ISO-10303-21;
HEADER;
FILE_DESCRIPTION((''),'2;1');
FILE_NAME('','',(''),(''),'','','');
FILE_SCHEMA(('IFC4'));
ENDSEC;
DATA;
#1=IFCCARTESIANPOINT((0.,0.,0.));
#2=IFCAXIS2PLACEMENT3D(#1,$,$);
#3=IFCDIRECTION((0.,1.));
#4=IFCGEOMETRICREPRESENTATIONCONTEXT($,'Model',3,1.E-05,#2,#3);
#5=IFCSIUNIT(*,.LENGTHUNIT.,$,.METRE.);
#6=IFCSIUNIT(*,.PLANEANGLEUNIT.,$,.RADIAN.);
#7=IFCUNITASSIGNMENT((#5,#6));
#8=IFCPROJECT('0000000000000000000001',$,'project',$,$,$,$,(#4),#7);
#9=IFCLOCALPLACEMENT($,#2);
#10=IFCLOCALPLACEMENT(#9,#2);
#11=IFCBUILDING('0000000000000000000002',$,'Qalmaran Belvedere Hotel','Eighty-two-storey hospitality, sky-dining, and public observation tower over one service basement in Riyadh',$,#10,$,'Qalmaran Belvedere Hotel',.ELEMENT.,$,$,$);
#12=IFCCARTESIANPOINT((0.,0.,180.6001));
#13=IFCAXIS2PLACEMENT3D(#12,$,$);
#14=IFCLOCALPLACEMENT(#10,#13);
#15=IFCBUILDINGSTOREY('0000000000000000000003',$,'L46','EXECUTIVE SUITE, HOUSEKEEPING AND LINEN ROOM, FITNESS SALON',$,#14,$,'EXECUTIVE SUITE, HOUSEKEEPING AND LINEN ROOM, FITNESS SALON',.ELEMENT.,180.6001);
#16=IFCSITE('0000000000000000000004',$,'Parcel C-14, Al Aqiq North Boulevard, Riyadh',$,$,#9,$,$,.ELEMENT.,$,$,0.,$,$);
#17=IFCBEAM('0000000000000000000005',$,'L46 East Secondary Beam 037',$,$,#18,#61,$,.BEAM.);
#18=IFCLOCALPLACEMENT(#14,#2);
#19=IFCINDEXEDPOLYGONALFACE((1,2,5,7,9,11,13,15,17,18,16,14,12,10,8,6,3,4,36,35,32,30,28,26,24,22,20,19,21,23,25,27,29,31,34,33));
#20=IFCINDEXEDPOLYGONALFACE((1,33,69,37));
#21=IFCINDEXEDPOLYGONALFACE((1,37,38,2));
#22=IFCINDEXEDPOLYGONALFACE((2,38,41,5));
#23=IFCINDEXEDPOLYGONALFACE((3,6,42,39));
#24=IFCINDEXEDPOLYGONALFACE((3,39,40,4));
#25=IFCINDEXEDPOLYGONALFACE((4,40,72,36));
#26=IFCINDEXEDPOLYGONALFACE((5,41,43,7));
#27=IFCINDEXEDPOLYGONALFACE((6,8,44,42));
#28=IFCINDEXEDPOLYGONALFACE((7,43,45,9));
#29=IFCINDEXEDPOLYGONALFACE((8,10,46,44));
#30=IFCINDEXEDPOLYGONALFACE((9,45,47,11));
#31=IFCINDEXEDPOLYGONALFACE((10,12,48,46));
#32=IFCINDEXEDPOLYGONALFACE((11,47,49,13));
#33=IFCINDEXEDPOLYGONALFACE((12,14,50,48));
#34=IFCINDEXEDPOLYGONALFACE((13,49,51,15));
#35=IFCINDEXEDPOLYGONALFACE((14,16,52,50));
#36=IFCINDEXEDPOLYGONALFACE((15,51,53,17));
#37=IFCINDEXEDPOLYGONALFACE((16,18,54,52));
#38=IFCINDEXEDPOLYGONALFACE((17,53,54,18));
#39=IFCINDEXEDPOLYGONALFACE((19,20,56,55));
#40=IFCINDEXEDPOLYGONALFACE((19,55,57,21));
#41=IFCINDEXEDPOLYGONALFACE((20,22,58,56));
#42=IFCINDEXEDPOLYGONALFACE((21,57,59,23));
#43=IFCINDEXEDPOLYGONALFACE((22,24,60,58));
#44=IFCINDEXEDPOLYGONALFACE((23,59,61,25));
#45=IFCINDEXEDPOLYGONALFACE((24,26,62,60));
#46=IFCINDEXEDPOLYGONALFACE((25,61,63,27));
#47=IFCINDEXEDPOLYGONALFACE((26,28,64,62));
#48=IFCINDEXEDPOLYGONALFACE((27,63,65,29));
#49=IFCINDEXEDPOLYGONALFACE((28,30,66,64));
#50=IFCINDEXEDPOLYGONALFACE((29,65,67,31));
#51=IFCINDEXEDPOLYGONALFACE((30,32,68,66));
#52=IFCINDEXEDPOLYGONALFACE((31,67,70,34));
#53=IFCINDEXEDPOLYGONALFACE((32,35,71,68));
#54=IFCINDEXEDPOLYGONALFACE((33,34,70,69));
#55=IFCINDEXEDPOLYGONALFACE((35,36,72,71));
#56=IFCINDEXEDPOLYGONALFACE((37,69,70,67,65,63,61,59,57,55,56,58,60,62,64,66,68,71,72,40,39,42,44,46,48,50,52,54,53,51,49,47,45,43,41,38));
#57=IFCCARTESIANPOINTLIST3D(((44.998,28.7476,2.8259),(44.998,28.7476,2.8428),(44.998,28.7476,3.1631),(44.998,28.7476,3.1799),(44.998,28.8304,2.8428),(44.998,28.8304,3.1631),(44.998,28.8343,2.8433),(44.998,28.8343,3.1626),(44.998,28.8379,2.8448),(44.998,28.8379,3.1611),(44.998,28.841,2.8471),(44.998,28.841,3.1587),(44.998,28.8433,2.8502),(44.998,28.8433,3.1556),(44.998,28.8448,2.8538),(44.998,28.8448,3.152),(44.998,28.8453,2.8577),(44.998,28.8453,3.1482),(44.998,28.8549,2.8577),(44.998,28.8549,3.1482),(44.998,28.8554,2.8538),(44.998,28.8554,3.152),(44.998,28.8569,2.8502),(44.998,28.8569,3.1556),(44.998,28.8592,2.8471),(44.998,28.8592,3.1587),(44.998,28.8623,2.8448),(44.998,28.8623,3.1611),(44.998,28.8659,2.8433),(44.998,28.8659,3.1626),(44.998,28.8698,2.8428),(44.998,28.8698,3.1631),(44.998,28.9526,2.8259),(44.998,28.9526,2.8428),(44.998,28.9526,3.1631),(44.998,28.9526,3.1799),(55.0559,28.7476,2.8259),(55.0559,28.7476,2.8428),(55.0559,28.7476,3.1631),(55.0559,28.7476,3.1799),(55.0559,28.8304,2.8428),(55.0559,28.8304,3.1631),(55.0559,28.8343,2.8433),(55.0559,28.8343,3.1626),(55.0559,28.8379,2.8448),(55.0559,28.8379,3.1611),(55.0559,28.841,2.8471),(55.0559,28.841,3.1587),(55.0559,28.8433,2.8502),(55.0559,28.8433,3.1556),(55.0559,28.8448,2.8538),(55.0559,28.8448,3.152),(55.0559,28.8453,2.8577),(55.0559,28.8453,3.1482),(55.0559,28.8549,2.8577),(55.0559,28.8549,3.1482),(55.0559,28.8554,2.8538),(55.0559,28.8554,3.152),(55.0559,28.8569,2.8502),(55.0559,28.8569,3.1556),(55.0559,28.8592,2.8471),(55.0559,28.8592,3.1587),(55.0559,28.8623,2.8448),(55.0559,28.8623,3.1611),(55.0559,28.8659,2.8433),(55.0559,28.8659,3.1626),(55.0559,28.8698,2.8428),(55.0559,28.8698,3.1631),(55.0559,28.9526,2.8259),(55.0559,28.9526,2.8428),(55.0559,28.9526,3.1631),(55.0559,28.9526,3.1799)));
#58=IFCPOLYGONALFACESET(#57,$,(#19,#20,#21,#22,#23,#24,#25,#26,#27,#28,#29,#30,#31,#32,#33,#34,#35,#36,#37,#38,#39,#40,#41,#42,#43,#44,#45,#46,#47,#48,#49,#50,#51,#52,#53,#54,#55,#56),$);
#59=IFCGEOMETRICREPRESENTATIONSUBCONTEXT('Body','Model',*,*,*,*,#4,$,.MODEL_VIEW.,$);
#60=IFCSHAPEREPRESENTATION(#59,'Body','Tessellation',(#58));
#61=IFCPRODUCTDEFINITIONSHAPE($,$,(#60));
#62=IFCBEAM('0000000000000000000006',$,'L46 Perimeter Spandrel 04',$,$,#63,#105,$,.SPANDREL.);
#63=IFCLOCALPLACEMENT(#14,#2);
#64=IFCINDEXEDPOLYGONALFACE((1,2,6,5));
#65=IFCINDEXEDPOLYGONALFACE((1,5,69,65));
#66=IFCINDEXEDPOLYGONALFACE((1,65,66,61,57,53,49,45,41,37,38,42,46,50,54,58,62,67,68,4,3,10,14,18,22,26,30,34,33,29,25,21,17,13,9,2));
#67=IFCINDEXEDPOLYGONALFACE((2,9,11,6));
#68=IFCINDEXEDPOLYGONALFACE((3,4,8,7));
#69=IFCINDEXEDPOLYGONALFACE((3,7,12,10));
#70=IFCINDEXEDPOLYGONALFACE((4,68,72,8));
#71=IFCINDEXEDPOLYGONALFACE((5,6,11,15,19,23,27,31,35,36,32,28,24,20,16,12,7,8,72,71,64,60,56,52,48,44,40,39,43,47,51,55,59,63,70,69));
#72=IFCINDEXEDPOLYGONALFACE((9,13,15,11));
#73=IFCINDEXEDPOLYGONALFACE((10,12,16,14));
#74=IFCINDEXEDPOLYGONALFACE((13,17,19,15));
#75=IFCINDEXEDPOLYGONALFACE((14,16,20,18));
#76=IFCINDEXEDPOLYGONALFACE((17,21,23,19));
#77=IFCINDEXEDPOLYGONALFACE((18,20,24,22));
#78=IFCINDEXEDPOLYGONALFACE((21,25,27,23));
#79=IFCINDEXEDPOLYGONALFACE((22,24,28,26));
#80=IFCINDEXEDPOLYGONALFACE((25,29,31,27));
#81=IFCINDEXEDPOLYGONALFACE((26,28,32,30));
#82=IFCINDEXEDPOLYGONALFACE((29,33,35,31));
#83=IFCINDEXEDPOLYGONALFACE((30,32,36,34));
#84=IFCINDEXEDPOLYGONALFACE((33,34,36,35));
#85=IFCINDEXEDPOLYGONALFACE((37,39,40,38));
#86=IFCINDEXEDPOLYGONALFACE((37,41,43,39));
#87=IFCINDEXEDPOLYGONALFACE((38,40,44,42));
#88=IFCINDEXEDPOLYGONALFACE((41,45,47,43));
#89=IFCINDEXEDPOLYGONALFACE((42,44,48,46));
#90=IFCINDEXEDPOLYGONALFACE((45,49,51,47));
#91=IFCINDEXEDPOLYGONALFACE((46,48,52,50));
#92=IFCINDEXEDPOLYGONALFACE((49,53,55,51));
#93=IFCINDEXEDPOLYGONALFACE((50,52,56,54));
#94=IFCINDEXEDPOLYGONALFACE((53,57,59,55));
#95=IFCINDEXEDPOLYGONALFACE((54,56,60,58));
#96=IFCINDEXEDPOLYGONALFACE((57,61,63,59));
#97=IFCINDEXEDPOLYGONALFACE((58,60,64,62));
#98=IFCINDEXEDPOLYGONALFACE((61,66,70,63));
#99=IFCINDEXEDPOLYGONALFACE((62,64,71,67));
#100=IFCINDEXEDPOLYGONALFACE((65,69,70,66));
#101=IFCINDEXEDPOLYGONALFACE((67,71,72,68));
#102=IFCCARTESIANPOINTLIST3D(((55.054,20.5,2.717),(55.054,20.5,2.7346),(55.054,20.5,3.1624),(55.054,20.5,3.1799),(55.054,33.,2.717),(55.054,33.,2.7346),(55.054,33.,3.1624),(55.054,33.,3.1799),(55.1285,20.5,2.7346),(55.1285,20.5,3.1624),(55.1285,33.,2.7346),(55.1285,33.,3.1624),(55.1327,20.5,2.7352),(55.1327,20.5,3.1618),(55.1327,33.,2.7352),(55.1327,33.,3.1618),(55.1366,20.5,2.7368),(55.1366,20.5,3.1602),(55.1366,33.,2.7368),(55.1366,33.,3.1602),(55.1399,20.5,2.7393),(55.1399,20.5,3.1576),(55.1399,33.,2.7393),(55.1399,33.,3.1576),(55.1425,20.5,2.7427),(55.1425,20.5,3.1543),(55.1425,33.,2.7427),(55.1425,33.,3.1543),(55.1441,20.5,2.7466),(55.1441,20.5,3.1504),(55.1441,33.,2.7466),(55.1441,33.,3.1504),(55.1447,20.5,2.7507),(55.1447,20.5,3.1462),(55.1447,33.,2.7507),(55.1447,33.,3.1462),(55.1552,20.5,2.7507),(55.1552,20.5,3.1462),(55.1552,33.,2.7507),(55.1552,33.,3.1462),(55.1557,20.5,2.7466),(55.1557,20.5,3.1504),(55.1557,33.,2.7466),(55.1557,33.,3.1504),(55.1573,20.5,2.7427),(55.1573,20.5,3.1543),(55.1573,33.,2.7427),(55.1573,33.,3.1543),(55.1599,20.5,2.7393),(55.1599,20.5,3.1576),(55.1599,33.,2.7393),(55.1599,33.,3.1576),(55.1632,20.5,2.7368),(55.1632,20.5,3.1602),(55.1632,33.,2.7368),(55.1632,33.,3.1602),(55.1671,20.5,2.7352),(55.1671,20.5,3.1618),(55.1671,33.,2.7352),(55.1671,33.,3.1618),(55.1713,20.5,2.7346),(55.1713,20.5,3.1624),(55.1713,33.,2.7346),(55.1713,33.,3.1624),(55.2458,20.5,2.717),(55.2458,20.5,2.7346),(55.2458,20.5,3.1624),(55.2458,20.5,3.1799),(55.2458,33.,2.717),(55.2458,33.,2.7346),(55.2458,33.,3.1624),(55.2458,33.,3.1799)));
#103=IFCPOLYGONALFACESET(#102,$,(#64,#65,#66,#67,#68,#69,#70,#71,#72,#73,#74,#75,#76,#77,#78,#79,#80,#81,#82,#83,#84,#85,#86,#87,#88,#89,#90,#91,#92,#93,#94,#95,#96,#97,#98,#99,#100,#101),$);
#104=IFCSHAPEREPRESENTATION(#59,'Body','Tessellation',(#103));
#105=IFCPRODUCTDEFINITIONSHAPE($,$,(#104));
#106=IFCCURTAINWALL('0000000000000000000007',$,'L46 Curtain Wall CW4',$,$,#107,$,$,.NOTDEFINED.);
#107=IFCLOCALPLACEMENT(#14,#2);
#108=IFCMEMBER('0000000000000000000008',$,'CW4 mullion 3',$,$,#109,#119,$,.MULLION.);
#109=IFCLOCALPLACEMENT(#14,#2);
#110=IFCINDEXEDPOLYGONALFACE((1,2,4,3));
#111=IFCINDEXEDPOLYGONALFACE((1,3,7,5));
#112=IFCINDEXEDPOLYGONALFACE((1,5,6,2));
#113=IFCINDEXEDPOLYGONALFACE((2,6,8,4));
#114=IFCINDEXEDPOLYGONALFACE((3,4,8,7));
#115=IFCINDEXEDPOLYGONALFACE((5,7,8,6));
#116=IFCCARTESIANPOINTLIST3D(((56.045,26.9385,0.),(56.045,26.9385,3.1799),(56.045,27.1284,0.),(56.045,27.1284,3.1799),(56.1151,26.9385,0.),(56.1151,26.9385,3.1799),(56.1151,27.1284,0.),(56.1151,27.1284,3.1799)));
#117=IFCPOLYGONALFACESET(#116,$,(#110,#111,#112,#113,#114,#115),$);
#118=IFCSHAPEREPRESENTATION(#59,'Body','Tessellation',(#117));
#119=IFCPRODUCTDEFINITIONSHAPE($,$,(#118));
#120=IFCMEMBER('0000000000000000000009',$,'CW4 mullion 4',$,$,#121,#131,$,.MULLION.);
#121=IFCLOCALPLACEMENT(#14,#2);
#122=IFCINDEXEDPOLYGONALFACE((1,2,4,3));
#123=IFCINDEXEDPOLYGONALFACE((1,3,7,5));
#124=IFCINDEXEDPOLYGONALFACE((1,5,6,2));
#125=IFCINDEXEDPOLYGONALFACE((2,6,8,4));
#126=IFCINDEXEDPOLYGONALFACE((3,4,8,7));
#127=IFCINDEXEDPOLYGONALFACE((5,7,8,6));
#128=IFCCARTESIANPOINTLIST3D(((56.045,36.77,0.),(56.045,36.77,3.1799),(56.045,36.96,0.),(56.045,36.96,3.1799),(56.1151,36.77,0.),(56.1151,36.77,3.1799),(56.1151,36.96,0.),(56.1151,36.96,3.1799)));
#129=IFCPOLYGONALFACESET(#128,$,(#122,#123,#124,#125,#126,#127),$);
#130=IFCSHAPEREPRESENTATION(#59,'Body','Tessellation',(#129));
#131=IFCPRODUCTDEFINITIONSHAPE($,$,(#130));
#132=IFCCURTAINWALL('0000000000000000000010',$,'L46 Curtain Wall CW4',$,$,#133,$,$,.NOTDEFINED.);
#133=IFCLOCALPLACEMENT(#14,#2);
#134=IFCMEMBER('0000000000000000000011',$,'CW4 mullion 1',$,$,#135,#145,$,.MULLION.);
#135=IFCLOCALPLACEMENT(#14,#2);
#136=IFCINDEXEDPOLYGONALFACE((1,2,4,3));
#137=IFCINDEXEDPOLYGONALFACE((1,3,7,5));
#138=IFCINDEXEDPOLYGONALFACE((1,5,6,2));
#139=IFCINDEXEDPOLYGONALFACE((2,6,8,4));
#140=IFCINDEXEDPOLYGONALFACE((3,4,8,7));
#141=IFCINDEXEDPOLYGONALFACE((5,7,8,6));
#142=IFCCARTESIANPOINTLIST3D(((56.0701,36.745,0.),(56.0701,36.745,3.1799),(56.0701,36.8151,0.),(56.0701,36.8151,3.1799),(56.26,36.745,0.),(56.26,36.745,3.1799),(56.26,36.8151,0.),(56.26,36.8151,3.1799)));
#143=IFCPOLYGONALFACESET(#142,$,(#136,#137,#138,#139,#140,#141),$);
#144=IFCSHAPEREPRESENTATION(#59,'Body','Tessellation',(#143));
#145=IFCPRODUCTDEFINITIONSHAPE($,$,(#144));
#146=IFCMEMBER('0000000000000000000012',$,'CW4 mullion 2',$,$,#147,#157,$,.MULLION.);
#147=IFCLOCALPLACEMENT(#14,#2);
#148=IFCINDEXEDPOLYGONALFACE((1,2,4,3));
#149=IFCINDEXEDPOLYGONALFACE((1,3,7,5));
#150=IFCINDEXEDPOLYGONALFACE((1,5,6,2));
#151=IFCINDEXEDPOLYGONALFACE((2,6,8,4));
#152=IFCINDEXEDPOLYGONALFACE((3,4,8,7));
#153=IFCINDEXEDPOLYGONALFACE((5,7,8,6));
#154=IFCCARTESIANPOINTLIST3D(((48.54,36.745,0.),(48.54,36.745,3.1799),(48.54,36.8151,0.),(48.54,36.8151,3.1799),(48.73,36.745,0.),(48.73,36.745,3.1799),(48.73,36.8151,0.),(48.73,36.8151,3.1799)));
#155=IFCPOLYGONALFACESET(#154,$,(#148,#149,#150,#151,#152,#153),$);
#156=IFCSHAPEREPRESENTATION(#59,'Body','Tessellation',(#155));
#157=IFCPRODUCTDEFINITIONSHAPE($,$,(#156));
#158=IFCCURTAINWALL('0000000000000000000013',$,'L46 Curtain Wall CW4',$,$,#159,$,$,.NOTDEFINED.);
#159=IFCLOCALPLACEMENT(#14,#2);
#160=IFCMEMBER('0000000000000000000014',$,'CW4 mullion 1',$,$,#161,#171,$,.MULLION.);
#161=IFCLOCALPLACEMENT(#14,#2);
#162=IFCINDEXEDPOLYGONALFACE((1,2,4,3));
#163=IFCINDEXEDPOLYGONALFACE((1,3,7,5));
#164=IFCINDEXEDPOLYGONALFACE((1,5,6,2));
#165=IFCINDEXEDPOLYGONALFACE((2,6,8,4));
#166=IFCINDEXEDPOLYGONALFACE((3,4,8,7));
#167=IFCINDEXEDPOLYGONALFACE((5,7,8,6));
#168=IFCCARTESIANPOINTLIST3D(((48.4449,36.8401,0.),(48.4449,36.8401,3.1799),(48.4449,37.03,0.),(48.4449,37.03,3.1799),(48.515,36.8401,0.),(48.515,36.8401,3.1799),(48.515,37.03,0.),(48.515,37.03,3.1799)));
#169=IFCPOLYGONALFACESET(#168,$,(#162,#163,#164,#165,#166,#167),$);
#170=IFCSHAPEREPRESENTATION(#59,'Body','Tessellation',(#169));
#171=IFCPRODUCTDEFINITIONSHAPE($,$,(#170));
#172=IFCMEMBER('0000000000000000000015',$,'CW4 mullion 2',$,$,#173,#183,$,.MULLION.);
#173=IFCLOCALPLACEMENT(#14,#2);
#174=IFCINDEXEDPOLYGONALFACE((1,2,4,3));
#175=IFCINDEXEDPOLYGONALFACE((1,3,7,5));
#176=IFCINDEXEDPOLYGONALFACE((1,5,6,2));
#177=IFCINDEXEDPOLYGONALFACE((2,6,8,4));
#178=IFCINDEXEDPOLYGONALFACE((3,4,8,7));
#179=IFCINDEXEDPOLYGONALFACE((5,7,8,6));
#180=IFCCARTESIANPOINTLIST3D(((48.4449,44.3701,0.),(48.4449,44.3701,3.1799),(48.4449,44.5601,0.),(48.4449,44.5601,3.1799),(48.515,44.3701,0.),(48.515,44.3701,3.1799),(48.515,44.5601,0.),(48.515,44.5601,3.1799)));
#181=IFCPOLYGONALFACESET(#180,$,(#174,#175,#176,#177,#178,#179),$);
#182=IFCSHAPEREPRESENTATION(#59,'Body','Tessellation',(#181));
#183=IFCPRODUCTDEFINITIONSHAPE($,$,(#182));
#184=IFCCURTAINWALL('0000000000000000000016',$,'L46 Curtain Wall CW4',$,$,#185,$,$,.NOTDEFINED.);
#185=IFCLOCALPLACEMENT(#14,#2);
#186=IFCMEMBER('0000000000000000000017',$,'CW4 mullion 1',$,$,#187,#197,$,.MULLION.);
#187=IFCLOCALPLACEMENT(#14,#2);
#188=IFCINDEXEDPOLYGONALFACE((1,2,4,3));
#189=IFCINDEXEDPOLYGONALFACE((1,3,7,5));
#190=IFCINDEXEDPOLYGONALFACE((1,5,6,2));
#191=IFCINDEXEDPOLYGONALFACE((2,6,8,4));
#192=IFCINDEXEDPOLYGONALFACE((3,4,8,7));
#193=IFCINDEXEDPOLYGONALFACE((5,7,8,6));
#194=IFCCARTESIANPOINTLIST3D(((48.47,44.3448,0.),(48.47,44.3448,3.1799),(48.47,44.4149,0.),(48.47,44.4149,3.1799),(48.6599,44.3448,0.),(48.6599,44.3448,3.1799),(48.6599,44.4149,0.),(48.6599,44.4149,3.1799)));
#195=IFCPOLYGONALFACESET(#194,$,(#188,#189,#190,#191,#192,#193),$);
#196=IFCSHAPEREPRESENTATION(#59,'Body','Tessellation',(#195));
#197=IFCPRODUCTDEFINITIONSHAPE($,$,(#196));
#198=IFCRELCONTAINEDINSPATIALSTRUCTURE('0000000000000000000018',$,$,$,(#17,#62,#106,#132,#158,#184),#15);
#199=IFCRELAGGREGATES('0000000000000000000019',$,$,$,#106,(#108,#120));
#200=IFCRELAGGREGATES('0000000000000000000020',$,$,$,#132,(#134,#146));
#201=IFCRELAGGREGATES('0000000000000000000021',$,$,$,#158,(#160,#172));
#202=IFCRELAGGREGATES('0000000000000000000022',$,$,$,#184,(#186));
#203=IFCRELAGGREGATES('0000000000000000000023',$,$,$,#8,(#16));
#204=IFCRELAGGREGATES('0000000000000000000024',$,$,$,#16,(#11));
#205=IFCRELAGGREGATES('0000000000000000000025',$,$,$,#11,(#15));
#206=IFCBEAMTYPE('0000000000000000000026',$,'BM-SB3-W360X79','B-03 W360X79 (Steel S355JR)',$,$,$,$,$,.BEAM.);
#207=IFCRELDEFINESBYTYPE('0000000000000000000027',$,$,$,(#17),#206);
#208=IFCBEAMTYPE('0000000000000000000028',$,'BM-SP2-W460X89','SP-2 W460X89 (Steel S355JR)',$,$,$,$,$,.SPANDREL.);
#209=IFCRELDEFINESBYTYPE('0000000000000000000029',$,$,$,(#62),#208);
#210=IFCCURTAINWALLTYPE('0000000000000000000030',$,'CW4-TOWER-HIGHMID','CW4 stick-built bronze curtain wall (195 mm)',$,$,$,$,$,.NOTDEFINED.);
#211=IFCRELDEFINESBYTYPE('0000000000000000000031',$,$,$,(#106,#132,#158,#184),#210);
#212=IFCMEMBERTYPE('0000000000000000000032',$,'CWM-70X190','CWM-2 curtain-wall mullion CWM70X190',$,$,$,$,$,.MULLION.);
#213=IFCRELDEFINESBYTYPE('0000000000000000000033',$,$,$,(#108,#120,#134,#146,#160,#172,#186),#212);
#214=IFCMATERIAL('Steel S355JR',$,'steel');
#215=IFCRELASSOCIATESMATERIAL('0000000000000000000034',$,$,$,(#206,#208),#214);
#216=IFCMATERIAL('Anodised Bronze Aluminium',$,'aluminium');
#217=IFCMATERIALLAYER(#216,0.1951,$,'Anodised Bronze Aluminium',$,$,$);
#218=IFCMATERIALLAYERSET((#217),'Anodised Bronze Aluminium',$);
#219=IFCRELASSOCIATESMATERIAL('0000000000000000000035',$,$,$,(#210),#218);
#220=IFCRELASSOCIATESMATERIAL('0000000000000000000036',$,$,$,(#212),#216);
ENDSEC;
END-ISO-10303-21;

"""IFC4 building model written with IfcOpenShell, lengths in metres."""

from ifc_helpers import new_model, si_unit, direction, frame, origin, origin_2d, place, context, subcontext, project, spatial, rectangle, i_section, extrude, material, layer, layer_set, material_profile, profile_set, type_object, element, aggregate, save


model = new_model("IFC4")

# Units and contexts
model_context = context("Model", 3, precision=1e-05, world=origin(), true_north=direction((0.0, 1.0)))
body_context = subcontext(model_context, "Body", "Model", "MODEL_VIEW")
ifc_project = project(units=[si_unit("LENGTHUNIT", "METRE"), si_unit("PLANEANGLEUNIT", "RADIAN")], contexts=[model_context])

# Site, building, storey
site_placement = place(None, origin())
site = spatial("IfcSite", under=ifc_project, at=site_placement, Name="Parcel C-14, Al Aqiq North Boulevard, Riyadh", CompositionType="ELEMENT", RefElevation=0.0)
building_placement = place(site_placement, origin())
building = spatial("IfcBuilding", under=site, at=building_placement, Name="Qalmaran Belvedere Hotel", Description="Eighty-two-storey hospitality, sky-dining, and public observation tower over one service basement in Riyadh", LongName="Qalmaran Belvedere Hotel", CompositionType="ELEMENT")
storey_placement = place(building_placement, frame((0.0, 0.0, 180.6001)))
storey = spatial("IfcBuildingStorey", under=building, at=storey_placement, Name="L46", Description="EXECUTIVE SUITE, HOUSEKEEPING AND LINEN ROOM, FITNESS SALON", LongName="EXECUTIVE SUITE, HOUSEKEEPING AND LINEN ROOM, FITNESS SALON", CompositionType="ELEMENT", Elevation=180.6001)

# Beams
ifc_material_1 = material(Name="Steel S355JR", Category="steel")
ifc_material_profile_1 = material_profile(ifc_material_1, i_section(OverallWidth=0.2051, OverallDepth=0.354, WebThickness=0.0095, FlangeThickness=0.0168, FilletRadius=0.0149, at=origin_2d()), Name="W360X79")
ifc_profile_set_1 = profile_set([ifc_material_profile_1], Name="Steel S355JR")
beam_type_1 = type_object("IfcBeamType", Name="BM-SB3-W360X79", Description="B-03 W360X79 (Steel S355JR)", PredefinedType="BEAM", material=ifc_profile_set_1)
for number, where, z_axis, x_axis, name in (
    (1, (44.998, 28.8501, 3.0029), (1.0, 0.0, 0.0), (0.0, 1.0, 0.0), "L46 East Secondary Beam 037"),
):
    element("IfcBeam", number, at=place(storey_placement, frame(where, z_axis=z_axis, x_axis=x_axis)), inside=storey, type_object=beam_type_1, Name=name, PredefinedType="BEAM", context=body_context, shape_type="SweptSolid", body=[
        extrude(i_section(OverallWidth=0.2051, OverallDepth=0.354, WebThickness=0.0095, FlangeThickness=0.0168, FilletRadius=0.0149, at=origin_2d()), origin(), (0.0, 0.0, 1.0), 10.0579),
    ])
ifc_material_profile_2 = material_profile(ifc_material_1, i_section(OverallWidth=0.1919, OverallDepth=0.4629, WebThickness=0.0105, FlangeThickness=0.0176, FilletRadius=0.0161, at=origin_2d()), Name="W460X89")
ifc_profile_set_2 = profile_set([ifc_material_profile_2], Name="Steel S355JR")
beam_type_2 = type_object("IfcBeamType", Name="BM-SP2-W460X89", Description="SP-2 W460X89 (Steel S355JR)", PredefinedType="SPANDREL", material=ifc_profile_set_2)
beam_1_placement = place(storey_placement, frame((55.1499, 20.5, 2.9485), z_axis=(0.0, 1.0, 0.0), x_axis=(-1.0, 0.0, 0.0)))
element("IfcBeam", 2, at=beam_1_placement, inside=storey, type_object=beam_type_2, Name="L46 Perimeter Spandrel 04", PredefinedType="SPANDREL", context=body_context, shape_type="SweptSolid", body=[
    extrude(i_section(OverallWidth=0.1919, OverallDepth=0.4629, WebThickness=0.0105, FlangeThickness=0.0176, FilletRadius=0.0161, at=origin_2d()), origin(), (0.0, 0.0, 1.0), 12.5),
])

# Curtain walls, members
ifc_material_2 = material(Name="Anodised Bronze Aluminium", Category="aluminium")
ifc_layer_1 = layer(ifc_material_2, 0.1951, Name="Anodised Bronze Aluminium")
ifc_layer_set_1 = layer_set([ifc_layer_1], Name="Anodised Bronze Aluminium")
curtain_wall_type = type_object("IfcCurtainWallType", Name="CW4-TOWER-HIGHMID", Description="CW4 stick-built bronze curtain wall (195 mm)", PredefinedType="NOTDEFINED", material=ifc_layer_set_1)
curtain_wall_1_placement = place(storey_placement, origin())
curtain_wall_1 = element("IfcCurtainWall", 3, at=curtain_wall_1_placement, inside=storey, type_object=curtain_wall_type, Name="L46 Curtain Wall CW4", PredefinedType="NOTDEFINED")
ifc_material_profile_3 = material_profile(ifc_material_2, rectangle(XDim=0.0701, YDim=0.1899, at=origin_2d()), Name="CWM70X190")
ifc_profile_set_3 = profile_set([ifc_material_profile_3], Name="Anodised Bronze Aluminium")
member_type_1 = type_object("IfcMemberType", Name="CWM-70X190", Description="CWM-2 curtain-wall mullion CWM70X190", PredefinedType="MULLION", material=ifc_profile_set_3)
member_1_placement = place(storey_placement, frame((56.0801, 27.0334, 0.0), z_axis=(0.0, 0.0, 1.0), x_axis=(-1.0, 0.0, 0.0)))
member_1 = element("IfcMember", 4, at=member_1_placement, type_object=member_type_1, Name="CW4 mullion 3", PredefinedType="MULLION", context=body_context, shape_type="SweptSolid", body=[
    extrude(rectangle(XDim=0.0701, YDim=0.1899, at=origin_2d()), origin(), (0.0, 0.0, 1.0), 3.1799),
])
member_2_placement = place(storey_placement, frame((56.0801, 36.865, 0.0), z_axis=(0.0, 0.0, 1.0), x_axis=(-1.0, 0.0, 0.0)))
member_2 = element("IfcMember", 5, at=member_2_placement, type_object=member_type_1, Name="CW4 mullion 4", PredefinedType="MULLION", context=body_context, shape_type="SweptSolid", body=[
    extrude(rectangle(XDim=0.0701, YDim=0.1899, at=origin_2d()), origin(), (0.0, 0.0, 1.0), 3.1799),
])
curtain_wall_2_placement = place(storey_placement, origin())
curtain_wall_2 = element("IfcCurtainWall", 6, at=curtain_wall_2_placement, inside=storey, type_object=curtain_wall_type, Name="L46 Curtain Wall CW4", PredefinedType="NOTDEFINED")
member_3_placement = place(storey_placement, frame((56.165, 36.78, 0.0), z_axis=(0.0, 0.0, 1.0), x_axis=(0.0, -1.0, 0.0)))
member_3 = element("IfcMember", 7, at=member_3_placement, type_object=member_type_1, Name="CW4 mullion 1", PredefinedType="MULLION", context=body_context, shape_type="SweptSolid", body=[
    extrude(rectangle(XDim=0.0701, YDim=0.1899, at=origin_2d()), origin(), (0.0, 0.0, 1.0), 3.1799),
])
member_4_placement = place(storey_placement, frame((48.635, 36.78, 0.0), z_axis=(0.0, 0.0, 1.0), x_axis=(0.0, -1.0, 0.0)))
member_4 = element("IfcMember", 8, at=member_4_placement, type_object=member_type_1, Name="CW4 mullion 2", PredefinedType="MULLION", context=body_context, shape_type="SweptSolid", body=[
    extrude(rectangle(XDim=0.0701, YDim=0.1899, at=origin_2d()), origin(), (0.0, 0.0, 1.0), 3.1799),
])
curtain_wall_3_placement = place(storey_placement, origin())
curtain_wall_3 = element("IfcCurtainWall", 9, at=curtain_wall_3_placement, inside=storey, type_object=curtain_wall_type, Name="L46 Curtain Wall CW4", PredefinedType="NOTDEFINED")
member_5_placement = place(storey_placement, frame((48.48, 36.9351, 0.0), z_axis=(0.0, 0.0, 1.0), x_axis=(-1.0, 0.0, 0.0)))
member_5 = element("IfcMember", 10, at=member_5_placement, type_object=member_type_1, Name="CW4 mullion 1", PredefinedType="MULLION", context=body_context, shape_type="SweptSolid", body=[
    extrude(rectangle(XDim=0.0701, YDim=0.1899, at=origin_2d()), origin(), (0.0, 0.0, 1.0), 3.1799),
])
member_6_placement = place(storey_placement, frame((48.48, 44.4651, 0.0), z_axis=(0.0, 0.0, 1.0), x_axis=(-1.0, 0.0, 0.0)))
member_6 = element("IfcMember", 11, at=member_6_placement, type_object=member_type_1, Name="CW4 mullion 2", PredefinedType="MULLION", context=body_context, shape_type="SweptSolid", body=[
    extrude(rectangle(XDim=0.0701, YDim=0.1899, at=origin_2d()), origin(), (0.0, 0.0, 1.0), 3.1799),
])
curtain_wall_4_placement = place(storey_placement, origin())
curtain_wall_4 = element("IfcCurtainWall", 12, at=curtain_wall_4_placement, inside=storey, type_object=curtain_wall_type, Name="L46 Curtain Wall CW4", PredefinedType="NOTDEFINED")
member_7_placement = place(storey_placement, frame((48.5649, 44.3799, 0.0), z_axis=(0.0, 0.0, 1.0), x_axis=(0.0, -1.0, 0.0)))
member_7 = element("IfcMember", 13, at=member_7_placement, type_object=member_type_1, Name="CW4 mullion 1", PredefinedType="MULLION", context=body_context, shape_type="SweptSolid", body=[
    extrude(rectangle(XDim=0.0701, YDim=0.1899, at=origin_2d()), origin(), (0.0, 0.0, 1.0), 3.1799),
])

aggregate(curtain_wall_1, [member_1, member_2])
aggregate(curtain_wall_2, [member_3, member_4])
aggregate(curtain_wall_3, [member_5, member_6])
aggregate(curtain_wall_4, [member_7])

save(model, "model.ifc")
